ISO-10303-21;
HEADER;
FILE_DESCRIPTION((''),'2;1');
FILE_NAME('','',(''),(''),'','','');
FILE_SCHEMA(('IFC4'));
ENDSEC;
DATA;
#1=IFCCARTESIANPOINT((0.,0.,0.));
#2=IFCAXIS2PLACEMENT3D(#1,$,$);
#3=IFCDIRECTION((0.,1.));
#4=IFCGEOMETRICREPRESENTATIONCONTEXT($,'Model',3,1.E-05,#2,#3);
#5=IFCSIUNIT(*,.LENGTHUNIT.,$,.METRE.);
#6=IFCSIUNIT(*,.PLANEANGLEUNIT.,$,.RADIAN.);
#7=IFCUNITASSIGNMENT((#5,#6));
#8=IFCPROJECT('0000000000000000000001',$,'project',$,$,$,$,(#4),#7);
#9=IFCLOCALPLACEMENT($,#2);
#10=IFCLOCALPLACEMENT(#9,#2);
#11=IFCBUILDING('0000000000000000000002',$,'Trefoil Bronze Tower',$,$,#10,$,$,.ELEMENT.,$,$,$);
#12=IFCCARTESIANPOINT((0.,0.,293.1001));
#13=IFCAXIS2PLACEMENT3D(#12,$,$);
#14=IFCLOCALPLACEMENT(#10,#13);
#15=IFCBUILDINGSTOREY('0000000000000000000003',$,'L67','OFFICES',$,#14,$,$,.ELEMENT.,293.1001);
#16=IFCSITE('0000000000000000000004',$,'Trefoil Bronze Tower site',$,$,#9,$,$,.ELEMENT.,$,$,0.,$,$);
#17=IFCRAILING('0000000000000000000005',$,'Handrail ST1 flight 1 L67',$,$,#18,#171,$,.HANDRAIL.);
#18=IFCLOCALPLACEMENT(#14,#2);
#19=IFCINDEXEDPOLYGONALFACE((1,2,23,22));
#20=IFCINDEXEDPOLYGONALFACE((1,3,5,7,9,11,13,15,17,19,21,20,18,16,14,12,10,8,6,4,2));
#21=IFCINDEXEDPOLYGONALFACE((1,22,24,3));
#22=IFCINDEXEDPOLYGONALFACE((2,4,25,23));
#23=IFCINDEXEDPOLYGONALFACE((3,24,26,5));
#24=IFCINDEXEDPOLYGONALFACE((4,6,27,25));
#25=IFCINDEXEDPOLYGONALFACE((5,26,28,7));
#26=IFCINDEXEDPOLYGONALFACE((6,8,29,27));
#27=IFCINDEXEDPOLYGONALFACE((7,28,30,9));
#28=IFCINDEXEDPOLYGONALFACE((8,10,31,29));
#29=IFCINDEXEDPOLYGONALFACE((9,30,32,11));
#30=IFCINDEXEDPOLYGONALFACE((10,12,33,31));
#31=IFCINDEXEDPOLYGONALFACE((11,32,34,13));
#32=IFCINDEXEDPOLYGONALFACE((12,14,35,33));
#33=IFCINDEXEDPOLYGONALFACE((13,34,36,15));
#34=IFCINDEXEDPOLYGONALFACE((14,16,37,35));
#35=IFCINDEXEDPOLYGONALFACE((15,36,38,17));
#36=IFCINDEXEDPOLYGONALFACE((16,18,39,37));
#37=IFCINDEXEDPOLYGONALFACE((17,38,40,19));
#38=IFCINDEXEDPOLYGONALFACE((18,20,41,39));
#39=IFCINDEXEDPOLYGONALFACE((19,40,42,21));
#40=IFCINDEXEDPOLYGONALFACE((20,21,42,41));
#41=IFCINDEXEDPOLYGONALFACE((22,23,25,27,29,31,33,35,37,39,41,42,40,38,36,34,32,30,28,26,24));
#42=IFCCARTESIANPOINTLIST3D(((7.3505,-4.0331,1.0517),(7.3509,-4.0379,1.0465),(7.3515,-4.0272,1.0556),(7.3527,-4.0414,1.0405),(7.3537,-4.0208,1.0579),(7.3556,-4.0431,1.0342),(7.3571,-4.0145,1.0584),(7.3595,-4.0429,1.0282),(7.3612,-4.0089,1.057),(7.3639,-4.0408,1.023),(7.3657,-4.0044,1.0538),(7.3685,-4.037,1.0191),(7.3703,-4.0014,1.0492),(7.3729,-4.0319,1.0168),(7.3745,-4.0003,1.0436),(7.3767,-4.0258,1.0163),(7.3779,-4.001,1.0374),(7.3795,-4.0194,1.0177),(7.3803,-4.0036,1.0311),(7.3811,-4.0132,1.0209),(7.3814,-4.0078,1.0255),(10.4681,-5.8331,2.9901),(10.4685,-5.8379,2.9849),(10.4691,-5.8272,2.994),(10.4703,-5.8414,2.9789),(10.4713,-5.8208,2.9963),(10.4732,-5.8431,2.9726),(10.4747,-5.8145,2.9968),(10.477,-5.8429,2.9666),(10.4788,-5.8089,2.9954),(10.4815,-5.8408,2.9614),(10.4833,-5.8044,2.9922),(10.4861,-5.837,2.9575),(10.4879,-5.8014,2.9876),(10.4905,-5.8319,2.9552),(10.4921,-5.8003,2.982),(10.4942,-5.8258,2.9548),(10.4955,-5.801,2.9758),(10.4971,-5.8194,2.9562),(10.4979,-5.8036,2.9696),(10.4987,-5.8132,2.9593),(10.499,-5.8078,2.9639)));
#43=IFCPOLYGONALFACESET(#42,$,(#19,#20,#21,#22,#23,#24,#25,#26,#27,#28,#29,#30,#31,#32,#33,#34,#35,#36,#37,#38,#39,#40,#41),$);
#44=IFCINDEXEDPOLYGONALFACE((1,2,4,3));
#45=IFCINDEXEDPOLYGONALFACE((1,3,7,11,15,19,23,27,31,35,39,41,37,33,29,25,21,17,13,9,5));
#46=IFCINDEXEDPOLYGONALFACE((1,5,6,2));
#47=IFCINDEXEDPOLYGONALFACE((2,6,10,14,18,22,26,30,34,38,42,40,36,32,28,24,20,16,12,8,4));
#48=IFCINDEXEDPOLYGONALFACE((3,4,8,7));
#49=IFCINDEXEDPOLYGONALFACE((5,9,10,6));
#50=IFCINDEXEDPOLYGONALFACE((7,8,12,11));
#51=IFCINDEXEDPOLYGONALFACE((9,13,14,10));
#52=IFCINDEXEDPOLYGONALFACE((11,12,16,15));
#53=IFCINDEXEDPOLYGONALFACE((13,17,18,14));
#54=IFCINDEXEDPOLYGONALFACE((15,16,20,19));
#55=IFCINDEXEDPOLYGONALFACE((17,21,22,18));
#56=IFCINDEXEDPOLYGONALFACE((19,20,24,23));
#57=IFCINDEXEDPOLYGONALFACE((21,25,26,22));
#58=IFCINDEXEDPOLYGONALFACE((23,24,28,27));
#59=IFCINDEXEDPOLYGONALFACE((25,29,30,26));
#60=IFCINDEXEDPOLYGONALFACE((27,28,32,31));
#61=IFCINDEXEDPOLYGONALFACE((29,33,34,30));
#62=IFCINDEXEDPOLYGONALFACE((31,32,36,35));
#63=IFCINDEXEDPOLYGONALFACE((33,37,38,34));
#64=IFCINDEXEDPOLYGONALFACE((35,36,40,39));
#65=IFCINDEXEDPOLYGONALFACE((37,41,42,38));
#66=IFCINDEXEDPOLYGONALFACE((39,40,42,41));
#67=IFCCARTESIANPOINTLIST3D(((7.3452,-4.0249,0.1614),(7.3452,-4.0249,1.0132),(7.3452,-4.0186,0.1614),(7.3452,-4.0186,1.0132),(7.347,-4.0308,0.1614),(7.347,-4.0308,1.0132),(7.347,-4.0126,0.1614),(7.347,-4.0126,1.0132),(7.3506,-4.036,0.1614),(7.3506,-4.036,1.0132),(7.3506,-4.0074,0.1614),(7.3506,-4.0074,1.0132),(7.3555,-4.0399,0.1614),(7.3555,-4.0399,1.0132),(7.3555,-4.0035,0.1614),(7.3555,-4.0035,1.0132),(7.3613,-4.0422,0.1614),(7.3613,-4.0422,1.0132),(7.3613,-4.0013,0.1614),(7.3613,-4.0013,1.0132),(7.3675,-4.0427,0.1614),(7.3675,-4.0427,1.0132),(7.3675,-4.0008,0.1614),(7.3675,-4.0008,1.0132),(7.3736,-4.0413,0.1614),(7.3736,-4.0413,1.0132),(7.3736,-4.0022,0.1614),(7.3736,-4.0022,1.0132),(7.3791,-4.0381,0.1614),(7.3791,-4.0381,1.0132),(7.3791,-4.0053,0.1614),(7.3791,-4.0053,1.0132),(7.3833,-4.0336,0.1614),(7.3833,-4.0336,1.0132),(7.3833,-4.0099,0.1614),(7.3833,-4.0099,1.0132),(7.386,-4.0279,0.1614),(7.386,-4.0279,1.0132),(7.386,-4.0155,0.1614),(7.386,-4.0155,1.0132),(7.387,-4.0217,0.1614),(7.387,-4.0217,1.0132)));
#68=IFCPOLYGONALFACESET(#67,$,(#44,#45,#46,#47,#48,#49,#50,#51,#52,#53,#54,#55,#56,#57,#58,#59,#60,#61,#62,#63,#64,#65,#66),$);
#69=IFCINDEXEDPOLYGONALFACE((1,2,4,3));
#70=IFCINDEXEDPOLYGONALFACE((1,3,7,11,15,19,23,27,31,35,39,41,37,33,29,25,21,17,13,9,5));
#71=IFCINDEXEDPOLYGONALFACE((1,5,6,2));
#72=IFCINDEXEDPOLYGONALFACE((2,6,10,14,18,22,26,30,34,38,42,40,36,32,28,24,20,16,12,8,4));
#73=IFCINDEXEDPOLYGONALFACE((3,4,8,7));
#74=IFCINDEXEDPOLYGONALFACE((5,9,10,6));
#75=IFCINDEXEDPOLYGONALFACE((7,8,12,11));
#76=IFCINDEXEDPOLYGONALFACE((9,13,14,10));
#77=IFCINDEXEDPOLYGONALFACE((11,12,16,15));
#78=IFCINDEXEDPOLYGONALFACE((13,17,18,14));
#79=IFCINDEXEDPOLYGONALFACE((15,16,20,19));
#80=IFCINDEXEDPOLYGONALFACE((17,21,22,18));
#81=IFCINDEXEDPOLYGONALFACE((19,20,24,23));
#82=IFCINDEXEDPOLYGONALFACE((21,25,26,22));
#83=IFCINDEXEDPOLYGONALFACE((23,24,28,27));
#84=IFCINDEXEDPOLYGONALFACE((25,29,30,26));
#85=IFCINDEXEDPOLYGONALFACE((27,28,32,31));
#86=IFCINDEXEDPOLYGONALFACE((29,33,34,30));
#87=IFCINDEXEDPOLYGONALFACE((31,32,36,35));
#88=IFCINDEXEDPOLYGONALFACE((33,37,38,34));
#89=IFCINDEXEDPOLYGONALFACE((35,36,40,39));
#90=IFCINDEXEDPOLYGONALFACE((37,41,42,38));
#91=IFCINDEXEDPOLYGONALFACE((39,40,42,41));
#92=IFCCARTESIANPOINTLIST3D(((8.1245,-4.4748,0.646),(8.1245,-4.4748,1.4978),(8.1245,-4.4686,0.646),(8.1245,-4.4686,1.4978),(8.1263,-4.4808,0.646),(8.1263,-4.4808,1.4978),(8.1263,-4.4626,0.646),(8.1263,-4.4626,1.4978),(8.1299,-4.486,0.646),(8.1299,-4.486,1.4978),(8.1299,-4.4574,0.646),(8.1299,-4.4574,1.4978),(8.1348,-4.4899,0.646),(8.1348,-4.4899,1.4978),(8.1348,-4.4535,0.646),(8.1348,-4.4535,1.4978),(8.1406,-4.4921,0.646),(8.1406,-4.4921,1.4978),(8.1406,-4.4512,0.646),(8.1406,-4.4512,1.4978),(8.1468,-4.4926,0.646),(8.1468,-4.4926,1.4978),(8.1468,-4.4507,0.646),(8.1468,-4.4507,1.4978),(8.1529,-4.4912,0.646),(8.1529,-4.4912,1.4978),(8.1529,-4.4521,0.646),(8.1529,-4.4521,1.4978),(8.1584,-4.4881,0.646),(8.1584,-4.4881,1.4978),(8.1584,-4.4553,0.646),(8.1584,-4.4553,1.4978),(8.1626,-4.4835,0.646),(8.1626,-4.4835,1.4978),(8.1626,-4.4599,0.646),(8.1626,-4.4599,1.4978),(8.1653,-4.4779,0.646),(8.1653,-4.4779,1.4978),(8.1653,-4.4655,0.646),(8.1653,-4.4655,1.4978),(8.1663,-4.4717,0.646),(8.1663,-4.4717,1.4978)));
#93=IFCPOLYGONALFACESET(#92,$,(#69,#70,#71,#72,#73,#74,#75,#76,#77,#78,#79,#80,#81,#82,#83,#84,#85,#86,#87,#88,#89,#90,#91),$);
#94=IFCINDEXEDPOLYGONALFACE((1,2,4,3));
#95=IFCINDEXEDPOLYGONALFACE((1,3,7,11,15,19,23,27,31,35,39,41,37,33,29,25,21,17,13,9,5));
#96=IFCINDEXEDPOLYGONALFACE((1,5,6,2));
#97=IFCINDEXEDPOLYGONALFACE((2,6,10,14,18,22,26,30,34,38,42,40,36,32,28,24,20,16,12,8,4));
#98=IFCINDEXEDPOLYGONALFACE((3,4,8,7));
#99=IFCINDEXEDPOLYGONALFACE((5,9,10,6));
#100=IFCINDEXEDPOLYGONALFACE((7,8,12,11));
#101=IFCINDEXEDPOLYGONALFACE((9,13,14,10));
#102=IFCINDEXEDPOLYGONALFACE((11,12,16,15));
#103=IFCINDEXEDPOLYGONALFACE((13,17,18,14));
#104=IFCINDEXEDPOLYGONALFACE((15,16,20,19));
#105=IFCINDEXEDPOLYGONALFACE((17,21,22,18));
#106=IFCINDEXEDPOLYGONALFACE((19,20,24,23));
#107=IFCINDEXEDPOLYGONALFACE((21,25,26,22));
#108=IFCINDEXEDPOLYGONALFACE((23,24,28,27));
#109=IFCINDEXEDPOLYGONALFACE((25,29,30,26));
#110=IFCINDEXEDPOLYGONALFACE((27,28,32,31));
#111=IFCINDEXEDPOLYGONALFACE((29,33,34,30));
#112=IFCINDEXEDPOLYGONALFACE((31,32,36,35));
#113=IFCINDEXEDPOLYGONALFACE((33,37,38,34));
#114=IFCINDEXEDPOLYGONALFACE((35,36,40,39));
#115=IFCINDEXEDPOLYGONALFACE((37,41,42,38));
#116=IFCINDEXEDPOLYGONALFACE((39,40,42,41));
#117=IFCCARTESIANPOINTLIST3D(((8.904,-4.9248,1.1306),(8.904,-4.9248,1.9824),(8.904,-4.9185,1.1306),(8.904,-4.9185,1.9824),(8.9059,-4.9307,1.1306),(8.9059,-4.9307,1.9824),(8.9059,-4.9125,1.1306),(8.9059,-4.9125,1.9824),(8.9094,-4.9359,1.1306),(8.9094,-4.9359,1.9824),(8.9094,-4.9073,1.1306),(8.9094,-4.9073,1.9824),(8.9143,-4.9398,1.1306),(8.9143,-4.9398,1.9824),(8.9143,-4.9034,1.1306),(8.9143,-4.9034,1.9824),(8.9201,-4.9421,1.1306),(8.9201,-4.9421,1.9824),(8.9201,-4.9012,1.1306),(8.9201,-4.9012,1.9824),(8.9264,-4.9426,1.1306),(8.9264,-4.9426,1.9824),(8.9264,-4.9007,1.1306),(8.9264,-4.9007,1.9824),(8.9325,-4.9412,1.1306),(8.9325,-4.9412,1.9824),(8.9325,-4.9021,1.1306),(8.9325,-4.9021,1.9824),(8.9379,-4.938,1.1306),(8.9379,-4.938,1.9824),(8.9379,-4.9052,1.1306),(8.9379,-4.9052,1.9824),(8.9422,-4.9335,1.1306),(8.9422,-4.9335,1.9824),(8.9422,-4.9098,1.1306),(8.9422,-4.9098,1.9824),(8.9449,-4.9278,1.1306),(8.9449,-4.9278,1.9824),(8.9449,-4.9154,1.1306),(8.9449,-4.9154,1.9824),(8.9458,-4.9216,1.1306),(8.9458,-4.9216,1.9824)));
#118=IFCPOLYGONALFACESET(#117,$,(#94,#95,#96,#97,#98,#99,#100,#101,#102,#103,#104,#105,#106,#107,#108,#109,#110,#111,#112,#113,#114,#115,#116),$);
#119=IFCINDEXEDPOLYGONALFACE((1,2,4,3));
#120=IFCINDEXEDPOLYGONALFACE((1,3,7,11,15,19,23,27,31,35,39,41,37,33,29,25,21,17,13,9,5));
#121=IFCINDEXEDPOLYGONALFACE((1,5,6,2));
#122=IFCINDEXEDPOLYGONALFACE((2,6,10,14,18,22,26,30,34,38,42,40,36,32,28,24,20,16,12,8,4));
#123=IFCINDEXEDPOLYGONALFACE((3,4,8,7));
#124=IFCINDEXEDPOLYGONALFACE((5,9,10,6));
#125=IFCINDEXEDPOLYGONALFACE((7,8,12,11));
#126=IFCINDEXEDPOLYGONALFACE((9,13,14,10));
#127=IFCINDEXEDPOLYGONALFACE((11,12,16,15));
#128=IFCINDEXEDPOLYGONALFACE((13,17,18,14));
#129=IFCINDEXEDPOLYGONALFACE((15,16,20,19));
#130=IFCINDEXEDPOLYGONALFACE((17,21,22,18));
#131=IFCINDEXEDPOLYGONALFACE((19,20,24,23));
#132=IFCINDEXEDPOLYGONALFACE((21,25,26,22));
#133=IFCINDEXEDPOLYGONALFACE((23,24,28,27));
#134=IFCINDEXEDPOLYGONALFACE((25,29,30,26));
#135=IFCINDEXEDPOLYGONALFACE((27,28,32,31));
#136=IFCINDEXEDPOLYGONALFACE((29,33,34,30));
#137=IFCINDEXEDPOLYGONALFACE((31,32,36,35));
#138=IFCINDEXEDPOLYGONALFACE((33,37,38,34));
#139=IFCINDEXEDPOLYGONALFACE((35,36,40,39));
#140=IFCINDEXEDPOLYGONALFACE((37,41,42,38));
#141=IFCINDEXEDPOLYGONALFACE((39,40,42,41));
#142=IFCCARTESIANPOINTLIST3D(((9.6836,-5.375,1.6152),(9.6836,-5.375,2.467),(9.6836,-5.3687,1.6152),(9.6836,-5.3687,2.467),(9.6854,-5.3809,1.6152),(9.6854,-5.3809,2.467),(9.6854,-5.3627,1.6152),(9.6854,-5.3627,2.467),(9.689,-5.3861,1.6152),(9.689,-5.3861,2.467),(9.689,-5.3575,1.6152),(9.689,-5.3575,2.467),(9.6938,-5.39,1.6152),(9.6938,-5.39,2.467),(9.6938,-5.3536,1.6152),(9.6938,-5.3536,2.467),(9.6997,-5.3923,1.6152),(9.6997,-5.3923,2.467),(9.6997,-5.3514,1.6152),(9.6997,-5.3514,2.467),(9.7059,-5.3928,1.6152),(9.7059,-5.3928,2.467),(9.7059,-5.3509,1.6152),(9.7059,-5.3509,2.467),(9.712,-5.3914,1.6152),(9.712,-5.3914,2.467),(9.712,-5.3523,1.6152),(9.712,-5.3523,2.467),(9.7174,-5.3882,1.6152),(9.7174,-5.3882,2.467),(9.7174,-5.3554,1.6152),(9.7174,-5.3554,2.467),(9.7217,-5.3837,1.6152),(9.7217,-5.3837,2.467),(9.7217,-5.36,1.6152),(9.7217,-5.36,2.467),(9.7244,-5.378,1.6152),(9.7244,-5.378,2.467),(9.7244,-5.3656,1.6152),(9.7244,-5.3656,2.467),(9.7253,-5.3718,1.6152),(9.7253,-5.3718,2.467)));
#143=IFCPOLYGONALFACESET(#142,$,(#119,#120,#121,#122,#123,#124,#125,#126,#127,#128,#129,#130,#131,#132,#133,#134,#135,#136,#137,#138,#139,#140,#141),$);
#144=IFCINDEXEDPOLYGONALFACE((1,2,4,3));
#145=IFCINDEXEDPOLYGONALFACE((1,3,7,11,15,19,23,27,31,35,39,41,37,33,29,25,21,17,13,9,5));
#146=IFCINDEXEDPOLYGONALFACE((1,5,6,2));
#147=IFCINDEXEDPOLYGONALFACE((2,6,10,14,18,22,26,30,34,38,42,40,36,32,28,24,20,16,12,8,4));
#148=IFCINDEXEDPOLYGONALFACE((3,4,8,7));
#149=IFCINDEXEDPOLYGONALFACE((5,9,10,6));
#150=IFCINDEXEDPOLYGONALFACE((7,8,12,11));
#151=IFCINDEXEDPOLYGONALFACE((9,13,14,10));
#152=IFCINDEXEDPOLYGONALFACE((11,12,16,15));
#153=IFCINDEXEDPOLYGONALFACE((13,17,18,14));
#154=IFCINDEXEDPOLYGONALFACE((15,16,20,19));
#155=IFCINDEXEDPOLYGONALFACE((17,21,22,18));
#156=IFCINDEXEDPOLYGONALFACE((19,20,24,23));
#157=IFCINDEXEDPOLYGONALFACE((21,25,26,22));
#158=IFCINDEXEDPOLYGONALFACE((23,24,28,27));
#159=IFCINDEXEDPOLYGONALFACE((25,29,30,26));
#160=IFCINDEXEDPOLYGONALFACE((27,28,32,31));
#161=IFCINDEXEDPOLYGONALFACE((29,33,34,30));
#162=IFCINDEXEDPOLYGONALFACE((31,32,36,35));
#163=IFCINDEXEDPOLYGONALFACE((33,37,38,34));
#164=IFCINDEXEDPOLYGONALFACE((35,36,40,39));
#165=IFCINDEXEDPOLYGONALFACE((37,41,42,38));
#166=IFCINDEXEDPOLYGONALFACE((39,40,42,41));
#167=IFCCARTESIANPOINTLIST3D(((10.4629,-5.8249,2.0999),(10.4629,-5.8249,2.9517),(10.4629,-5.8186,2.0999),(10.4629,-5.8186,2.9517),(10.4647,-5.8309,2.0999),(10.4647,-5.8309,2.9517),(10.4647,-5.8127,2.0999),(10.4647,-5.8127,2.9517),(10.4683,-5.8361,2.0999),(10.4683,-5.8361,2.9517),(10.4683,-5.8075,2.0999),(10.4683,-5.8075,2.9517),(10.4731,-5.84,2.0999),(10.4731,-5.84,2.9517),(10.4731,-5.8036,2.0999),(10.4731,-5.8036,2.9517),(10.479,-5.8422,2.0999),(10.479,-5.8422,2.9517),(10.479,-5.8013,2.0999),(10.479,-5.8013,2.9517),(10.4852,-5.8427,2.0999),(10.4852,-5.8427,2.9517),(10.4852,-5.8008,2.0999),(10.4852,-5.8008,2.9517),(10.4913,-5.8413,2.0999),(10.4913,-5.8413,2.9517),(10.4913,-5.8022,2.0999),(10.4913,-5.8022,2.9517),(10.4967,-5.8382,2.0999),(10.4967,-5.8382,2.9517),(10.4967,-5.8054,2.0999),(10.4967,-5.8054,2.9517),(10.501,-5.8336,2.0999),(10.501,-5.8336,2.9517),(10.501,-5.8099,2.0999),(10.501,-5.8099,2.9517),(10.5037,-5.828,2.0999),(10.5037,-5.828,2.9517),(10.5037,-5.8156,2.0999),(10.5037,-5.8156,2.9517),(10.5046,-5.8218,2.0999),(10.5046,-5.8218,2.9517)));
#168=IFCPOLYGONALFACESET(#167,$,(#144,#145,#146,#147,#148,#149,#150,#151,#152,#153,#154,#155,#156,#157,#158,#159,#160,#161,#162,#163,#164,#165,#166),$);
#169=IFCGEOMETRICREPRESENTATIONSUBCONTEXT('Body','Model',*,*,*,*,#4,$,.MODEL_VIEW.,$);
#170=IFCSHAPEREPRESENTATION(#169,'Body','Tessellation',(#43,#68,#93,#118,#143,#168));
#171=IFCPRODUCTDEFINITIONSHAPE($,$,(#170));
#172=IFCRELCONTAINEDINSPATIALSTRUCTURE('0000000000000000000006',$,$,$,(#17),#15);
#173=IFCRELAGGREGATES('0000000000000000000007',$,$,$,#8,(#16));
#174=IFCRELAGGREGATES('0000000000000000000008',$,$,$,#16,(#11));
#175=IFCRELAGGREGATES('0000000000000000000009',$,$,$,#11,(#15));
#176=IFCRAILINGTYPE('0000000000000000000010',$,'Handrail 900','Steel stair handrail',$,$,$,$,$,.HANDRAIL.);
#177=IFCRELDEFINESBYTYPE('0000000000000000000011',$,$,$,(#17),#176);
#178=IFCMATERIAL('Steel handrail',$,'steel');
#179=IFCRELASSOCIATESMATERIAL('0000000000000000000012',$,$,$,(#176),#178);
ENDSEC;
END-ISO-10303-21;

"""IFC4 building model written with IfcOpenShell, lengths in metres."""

from ifc_helpers import new_model, si_unit, direction, frame, origin, origin_2d, place, context, subcontext, project, spatial, circle, extrude, material, type_object, element, save


model = new_model("IFC4")

# Units and contexts
model_context = context("Model", 3, precision=1e-05, world=origin(), true_north=direction((0.0, 1.0)))
body_context = subcontext(model_context, "Body", "Model", "MODEL_VIEW")
ifc_project = project(units=[si_unit("LENGTHUNIT", "METRE"), si_unit("PLANEANGLEUNIT", "RADIAN")], contexts=[model_context])

# Site, building, storey
site_placement = place(None, origin())
site = spatial("IfcSite", under=ifc_project, at=site_placement, Name="Trefoil Bronze Tower site", CompositionType="ELEMENT", RefElevation=0.0)
building_placement = place(site_placement, origin())
building = spatial("IfcBuilding", under=site, at=building_placement, Name="Trefoil Bronze Tower", CompositionType="ELEMENT")
storey_placement = place(building_placement, frame((0.0, 0.0, 293.1001)))
storey = spatial("IfcBuildingStorey", under=building, at=storey_placement, Name="L67", Description="OFFICES", CompositionType="ELEMENT", Elevation=293.1001)

# Railing
ifc_material_1 = material(Name="Steel handrail", Category="steel")
railing_type = type_object("IfcRailingType", Name="Handrail 900", Description="Steel stair handrail", PredefinedType="HANDRAIL", material=ifc_material_1)
railing_1_placement = place(storey_placement, frame((7.366, -4.0217, 0.1614)))
element("IfcRailing", 1, at=railing_1_placement, inside=storey, type_object=railing_type, Name="Handrail ST1 flight 1 L67", PredefinedType="HANDRAIL", context=body_context, shape_type="SweptSolid", body=[
    extrude(circle(Radius=0.0239, at=origin_2d()), frame((0.0, 0.0, 0.876), z_axis=(0.762503, -0.440246, 0.474102), x_axis=(0.500012, 0.866018, 0.0)), (0.0, 0.0, 1.0), 4.0886),
    extrude(circle(Radius=0.021, at=origin_2d()), origin(), (0.0, 0.0, 1.0), 0.8518),
    extrude(circle(Radius=0.021, at=origin_2d()), frame((0.7793, -0.45, 0.4846)), (0.0, 0.0, 1.0), 0.8518),
    extrude(circle(Radius=0.021, at=origin_2d()), frame((1.5588, -0.8999, 0.9692)), (0.0, 0.0, 1.0), 0.8518),
    extrude(circle(Radius=0.021, at=origin_2d()), frame((2.3384, -1.3501, 1.4539)), (0.0, 0.0, 1.0), 0.8518),
    extrude(circle(Radius=0.021, at=origin_2d()), frame((3.1177, -1.8, 1.9385)), (0.0, 0.0, 1.0), 0.8518),
])

save(model, "model.ifc")
